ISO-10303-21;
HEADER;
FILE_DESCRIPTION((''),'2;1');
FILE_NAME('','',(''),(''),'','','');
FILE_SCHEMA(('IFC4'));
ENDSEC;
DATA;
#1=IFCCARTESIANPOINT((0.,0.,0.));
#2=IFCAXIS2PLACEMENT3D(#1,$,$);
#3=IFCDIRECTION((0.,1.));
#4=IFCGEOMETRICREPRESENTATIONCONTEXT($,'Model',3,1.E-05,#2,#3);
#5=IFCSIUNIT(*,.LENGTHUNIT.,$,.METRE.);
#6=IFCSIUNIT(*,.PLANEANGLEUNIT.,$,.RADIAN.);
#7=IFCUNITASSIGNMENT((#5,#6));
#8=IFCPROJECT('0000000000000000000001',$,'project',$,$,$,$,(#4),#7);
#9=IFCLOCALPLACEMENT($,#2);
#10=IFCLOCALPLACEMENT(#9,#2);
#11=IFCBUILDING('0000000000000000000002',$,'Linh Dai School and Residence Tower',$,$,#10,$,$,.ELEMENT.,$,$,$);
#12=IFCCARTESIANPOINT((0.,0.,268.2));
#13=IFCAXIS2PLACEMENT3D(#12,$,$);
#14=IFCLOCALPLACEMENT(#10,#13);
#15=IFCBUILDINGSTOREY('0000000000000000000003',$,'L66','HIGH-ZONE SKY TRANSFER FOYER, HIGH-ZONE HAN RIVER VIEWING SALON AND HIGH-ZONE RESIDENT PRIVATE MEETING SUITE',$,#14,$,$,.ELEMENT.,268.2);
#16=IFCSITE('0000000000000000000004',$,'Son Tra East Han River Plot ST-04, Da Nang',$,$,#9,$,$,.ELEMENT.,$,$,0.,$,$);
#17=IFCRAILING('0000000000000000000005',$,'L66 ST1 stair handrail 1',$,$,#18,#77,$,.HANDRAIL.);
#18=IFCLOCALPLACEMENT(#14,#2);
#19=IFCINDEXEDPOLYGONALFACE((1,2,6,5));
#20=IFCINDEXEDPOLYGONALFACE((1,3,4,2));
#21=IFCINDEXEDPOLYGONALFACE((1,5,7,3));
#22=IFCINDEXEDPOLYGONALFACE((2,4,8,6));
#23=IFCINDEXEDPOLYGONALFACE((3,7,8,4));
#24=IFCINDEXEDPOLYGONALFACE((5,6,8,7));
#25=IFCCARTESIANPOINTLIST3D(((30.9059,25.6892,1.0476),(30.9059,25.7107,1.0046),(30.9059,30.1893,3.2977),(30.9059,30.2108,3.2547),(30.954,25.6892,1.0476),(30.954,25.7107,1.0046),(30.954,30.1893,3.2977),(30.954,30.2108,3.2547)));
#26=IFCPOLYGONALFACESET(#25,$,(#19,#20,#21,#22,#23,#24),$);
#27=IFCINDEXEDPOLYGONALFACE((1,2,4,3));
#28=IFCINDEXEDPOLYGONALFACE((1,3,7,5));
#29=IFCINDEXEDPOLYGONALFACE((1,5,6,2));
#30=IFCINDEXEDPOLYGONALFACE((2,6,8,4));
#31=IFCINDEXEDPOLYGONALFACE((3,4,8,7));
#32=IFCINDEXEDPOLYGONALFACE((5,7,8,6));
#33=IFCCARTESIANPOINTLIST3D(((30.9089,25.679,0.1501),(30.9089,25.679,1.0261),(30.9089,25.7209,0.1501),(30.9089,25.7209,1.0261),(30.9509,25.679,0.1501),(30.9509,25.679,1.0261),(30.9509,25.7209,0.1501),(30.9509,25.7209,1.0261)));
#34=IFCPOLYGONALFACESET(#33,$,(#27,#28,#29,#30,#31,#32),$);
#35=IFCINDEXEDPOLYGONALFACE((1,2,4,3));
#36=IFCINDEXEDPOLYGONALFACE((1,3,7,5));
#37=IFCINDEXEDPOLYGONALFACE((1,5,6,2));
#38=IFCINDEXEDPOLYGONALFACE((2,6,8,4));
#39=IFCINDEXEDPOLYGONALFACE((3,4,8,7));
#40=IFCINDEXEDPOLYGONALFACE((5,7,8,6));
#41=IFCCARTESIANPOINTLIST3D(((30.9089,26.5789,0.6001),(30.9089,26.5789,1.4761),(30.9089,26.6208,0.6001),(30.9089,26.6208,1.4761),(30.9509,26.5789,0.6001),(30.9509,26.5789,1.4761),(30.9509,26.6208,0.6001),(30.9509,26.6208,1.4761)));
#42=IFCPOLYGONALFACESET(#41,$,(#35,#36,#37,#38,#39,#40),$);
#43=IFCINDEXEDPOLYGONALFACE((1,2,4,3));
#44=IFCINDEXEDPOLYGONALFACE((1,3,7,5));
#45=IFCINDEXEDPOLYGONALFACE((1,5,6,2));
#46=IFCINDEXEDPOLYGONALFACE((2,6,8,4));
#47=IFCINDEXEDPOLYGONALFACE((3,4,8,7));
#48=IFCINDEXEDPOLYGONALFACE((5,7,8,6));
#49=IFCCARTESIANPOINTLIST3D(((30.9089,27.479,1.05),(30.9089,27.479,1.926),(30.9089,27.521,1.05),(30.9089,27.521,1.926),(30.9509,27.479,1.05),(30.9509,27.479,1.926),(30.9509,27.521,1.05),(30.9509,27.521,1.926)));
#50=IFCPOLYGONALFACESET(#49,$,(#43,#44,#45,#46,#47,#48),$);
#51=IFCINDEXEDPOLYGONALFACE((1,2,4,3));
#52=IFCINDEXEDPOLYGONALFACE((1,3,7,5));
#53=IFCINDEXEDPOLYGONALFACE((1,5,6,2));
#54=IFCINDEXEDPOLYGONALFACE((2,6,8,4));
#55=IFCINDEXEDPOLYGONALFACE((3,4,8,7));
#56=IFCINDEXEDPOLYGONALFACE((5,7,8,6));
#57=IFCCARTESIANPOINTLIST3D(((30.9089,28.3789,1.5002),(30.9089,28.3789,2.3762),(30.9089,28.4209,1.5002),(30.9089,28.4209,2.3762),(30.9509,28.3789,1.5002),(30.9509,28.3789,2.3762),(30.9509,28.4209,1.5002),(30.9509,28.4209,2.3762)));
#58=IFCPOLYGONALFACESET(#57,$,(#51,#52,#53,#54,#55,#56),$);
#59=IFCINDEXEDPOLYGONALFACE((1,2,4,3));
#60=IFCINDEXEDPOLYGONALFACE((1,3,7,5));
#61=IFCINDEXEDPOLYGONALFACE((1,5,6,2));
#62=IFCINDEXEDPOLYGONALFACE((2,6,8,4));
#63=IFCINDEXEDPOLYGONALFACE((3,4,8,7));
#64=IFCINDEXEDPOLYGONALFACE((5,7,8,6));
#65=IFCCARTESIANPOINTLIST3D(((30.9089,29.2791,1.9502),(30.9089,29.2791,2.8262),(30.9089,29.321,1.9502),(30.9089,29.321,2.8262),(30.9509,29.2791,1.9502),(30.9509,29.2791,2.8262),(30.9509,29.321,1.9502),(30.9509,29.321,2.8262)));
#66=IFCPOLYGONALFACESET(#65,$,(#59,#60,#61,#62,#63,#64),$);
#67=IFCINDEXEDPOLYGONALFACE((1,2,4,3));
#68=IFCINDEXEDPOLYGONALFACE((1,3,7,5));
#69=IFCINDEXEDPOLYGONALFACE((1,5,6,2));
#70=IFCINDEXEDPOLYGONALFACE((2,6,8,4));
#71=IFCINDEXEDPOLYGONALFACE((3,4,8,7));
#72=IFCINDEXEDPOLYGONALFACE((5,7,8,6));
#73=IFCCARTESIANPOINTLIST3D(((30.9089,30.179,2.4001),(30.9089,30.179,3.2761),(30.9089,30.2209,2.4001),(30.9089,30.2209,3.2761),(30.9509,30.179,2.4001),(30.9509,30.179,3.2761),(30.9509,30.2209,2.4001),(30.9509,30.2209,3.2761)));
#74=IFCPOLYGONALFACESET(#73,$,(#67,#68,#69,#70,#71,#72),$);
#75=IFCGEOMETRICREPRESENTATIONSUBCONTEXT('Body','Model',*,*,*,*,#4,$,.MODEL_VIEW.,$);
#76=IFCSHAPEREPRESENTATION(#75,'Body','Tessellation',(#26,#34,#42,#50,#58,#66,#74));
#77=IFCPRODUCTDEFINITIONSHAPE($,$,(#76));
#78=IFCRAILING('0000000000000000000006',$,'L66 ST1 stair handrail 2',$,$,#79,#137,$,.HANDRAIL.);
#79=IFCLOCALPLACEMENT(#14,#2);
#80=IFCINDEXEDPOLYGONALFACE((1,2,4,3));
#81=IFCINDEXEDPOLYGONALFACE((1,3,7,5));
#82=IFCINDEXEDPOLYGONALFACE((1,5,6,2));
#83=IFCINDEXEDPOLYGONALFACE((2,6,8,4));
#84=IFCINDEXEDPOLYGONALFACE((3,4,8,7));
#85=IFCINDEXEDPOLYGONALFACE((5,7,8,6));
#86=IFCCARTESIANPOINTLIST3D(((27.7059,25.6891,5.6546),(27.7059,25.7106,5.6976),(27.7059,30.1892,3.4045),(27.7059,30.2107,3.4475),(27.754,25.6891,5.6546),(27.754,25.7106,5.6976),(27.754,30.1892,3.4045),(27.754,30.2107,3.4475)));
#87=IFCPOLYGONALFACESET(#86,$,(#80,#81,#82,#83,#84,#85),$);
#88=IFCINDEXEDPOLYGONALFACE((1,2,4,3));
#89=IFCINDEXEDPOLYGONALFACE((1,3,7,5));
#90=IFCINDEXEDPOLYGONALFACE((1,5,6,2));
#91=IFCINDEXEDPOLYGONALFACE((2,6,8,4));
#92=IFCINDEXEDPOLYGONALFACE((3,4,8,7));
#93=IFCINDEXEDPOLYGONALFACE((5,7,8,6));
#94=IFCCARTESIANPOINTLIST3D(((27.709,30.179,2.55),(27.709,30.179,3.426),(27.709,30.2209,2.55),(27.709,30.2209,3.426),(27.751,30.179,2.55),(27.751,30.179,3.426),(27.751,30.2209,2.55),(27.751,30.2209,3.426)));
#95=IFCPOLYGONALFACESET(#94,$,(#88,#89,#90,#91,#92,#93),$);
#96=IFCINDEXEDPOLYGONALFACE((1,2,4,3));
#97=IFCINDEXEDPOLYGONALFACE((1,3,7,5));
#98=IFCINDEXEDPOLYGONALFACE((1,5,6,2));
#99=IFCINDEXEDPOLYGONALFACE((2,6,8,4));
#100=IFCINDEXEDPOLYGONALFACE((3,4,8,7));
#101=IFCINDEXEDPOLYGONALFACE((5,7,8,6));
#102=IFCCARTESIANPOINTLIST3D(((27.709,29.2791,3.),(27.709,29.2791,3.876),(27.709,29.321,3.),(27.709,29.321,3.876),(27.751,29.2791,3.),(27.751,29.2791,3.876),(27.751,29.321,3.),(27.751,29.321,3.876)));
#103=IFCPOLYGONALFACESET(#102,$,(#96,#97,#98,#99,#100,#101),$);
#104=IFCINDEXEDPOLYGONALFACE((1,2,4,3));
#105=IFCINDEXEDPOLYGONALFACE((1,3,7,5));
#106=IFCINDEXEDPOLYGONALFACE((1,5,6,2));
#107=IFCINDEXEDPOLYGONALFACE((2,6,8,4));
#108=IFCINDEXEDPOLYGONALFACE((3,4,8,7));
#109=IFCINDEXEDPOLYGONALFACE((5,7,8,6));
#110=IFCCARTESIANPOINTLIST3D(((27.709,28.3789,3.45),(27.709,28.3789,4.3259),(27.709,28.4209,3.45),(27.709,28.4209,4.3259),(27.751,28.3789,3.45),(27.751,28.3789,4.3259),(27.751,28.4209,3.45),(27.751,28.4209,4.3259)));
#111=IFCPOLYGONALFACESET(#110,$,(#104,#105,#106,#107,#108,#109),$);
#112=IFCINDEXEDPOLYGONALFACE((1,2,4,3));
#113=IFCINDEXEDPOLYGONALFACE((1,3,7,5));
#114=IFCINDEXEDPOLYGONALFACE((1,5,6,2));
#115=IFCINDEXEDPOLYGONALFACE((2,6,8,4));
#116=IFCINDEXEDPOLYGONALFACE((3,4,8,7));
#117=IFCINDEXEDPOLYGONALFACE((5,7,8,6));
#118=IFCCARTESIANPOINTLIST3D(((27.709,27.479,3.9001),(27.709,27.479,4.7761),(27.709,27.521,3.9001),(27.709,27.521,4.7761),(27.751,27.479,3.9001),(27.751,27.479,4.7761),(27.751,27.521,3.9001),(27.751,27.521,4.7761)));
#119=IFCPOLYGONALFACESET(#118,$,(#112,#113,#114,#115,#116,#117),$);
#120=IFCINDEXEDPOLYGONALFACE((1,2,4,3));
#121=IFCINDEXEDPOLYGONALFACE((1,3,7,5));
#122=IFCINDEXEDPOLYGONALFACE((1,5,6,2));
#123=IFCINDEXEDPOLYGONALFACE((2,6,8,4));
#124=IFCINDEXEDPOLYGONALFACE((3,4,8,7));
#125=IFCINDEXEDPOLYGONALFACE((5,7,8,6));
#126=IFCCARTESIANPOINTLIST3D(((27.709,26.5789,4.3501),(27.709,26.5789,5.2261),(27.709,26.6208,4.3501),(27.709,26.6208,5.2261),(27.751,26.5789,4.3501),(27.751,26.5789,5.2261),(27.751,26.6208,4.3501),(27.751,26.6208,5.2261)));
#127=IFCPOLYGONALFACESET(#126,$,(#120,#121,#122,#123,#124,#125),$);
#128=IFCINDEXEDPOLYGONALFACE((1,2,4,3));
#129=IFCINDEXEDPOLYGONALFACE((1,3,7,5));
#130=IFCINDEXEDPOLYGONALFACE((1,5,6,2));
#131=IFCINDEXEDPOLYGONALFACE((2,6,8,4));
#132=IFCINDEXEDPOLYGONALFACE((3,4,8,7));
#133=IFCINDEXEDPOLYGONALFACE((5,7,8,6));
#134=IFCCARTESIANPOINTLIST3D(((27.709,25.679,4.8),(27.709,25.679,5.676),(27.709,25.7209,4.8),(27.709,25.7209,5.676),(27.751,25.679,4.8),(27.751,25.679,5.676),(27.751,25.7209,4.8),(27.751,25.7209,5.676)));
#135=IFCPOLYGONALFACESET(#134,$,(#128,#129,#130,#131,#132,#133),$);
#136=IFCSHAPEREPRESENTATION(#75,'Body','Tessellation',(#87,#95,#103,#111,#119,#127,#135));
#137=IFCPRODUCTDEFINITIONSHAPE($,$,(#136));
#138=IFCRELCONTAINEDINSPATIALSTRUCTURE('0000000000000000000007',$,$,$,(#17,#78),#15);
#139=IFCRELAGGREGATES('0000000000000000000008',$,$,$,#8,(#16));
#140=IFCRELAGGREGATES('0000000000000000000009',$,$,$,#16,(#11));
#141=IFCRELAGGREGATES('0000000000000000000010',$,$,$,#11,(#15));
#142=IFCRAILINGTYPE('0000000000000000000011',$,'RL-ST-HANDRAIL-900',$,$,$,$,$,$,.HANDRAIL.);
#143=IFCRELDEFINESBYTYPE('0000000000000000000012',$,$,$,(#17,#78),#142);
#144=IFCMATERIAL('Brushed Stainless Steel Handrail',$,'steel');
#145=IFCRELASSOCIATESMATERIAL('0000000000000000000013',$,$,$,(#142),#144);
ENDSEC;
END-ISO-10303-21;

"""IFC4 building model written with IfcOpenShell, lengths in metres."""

from ifc_helpers import new_model, si_unit, direction, frame, origin, origin_2d, place, context, subcontext, project, spatial, rectangle, extrude, source, transform, mapped, material, type_object, element, save


model = new_model("IFC4")

# Units and contexts
model_context = context("Model", 3, precision=1e-05, world=origin(), true_north=direction((0.0, 1.0)))
body_context = subcontext(model_context, "Body", "Model", "MODEL_VIEW")
ifc_project = project(units=[si_unit("LENGTHUNIT", "METRE"), si_unit("PLANEANGLEUNIT", "RADIAN")], contexts=[model_context])

# Site, building, storey
site_placement = place(None, origin())
site = spatial("IfcSite", under=ifc_project, at=site_placement, Name="Son Tra East Han River Plot ST-04, Da Nang", CompositionType="ELEMENT", RefElevation=0.0)
building_placement = place(site_placement, origin())
building = spatial("IfcBuilding", under=site, at=building_placement, Name="Linh Dai School and Residence Tower", CompositionType="ELEMENT")
storey_placement = place(building_placement, frame((0.0, 0.0, 268.2)))
storey = spatial("IfcBuildingStorey", under=building, at=storey_placement, Name="L66", Description="HIGH-ZONE SKY TRANSFER FOYER, HIGH-ZONE HAN RIVER VIEWING SALON AND HIGH-ZONE RESIDENT PRIVATE MEETING SUITE", CompositionType="ELEMENT", Elevation=268.2)

# Railings
ifc_material_1 = material(Name="Brushed Stainless Steel Handrail", Category="steel")
railing_type_1 = type_object("IfcRailingType", Name="RL-ST-HANDRAIL-900", PredefinedType="HANDRAIL", material=ifc_material_1)
shared_shape_1 = source(origin(), body_context, "Body", "SweptSolid", [
    extrude(rectangle(XDim=0.0481, YDim=0.0481, at=origin_2d()), frame((0.0, 0.0, 0.876), z_axis=(0.0, 0.894427, 0.447214), x_axis=(-1.0, 0.0, 0.0)), (0.0, 0.0, 1.0), 5.0312),
    extrude(rectangle(XDim=0.042, YDim=0.042, at=origin_2d()), origin(), (0.0, 0.0, 1.0), 0.876),
    extrude(rectangle(XDim=0.042, YDim=0.042, at=origin_2d()), frame((0.0, 0.8999, 0.45)), (0.0, 0.0, 1.0), 0.876),
    extrude(rectangle(XDim=0.042, YDim=0.042, at=origin_2d()), frame((0.0, 1.8, 0.8999)), (0.0, 0.0, 1.0), 0.876),
    extrude(rectangle(XDim=0.042, YDim=0.042, at=origin_2d()), frame((0.0, 2.7, 1.3501)), (0.0, 0.0, 1.0), 0.876),
    extrude(rectangle(XDim=0.042, YDim=0.042, at=origin_2d()), frame((0.0, 3.6001, 1.8)), (0.0, 0.0, 1.0), 0.876),
    extrude(rectangle(XDim=0.042, YDim=0.042, at=origin_2d()), frame((0.0, 4.5, 2.25)), (0.0, 0.0, 1.0), 0.876),
])
railing_1_placement = place(storey_placement, frame((30.9299, 25.7, 0.1501)))
element("IfcRailing", 1, at=railing_1_placement, inside=storey, type_object=railing_type_1, Name="L66 ST1 stair handrail 1", PredefinedType="HANDRAIL", context=body_context, shape_type="MappedRepresentation", body=[
    mapped(shared_shape_1, transform((0.0, 0.0, 0.0), x_axis=(1.0, 0.0, 0.0), y_axis=(0.0, 1.0, 0.0), z_axis=(0.0, 0.0, 1.0), scale=1.0)),
])
shared_shape_2 = source(origin(), body_context, "Body", "SweptSolid", [
    extrude(rectangle(XDim=0.0481, YDim=0.0481, at=origin_2d()), frame((0.0, 0.0, 0.876), z_axis=(0.0, -0.894427, 0.447214), x_axis=(1.0, 0.0, 0.0)), (0.0, 0.0, 1.0), 5.0312),
    extrude(rectangle(XDim=0.042, YDim=0.042, at=origin_2d()), origin(), (0.0, 0.0, 1.0), 0.876),
    extrude(rectangle(XDim=0.042, YDim=0.042, at=origin_2d()), frame((0.0, -0.8999, 0.45)), (0.0, 0.0, 1.0), 0.876),
    extrude(rectangle(XDim=0.042, YDim=0.042, at=origin_2d()), frame((0.0, -1.8, 0.8999)), (0.0, 0.0, 1.0), 0.876),
    extrude(rectangle(XDim=0.042, YDim=0.042, at=origin_2d()), frame((0.0, -2.7, 1.3501)), (0.0, 0.0, 1.0), 0.876),
    extrude(rectangle(XDim=0.042, YDim=0.042, at=origin_2d()), frame((0.0, -3.6001, 1.8)), (0.0, 0.0, 1.0), 0.876),
    extrude(rectangle(XDim=0.042, YDim=0.042, at=origin_2d()), frame((0.0, -4.5, 2.25)), (0.0, 0.0, 1.0), 0.876),
])
railing_2_placement = place(storey_placement, frame((27.73, 30.2, 2.55)))
element("IfcRailing", 2, at=railing_2_placement, inside=storey, type_object=railing_type_1, Name="L66 ST1 stair handrail 2", PredefinedType="HANDRAIL", context=body_context, shape_type="MappedRepresentation", body=[
    mapped(shared_shape_2, transform((0.0, 0.0, 0.0), x_axis=(1.0, 0.0, 0.0), y_axis=(0.0, 1.0, 0.0), z_axis=(0.0, 0.0, 1.0), scale=1.0)),
])

save(model, "model.ifc")
